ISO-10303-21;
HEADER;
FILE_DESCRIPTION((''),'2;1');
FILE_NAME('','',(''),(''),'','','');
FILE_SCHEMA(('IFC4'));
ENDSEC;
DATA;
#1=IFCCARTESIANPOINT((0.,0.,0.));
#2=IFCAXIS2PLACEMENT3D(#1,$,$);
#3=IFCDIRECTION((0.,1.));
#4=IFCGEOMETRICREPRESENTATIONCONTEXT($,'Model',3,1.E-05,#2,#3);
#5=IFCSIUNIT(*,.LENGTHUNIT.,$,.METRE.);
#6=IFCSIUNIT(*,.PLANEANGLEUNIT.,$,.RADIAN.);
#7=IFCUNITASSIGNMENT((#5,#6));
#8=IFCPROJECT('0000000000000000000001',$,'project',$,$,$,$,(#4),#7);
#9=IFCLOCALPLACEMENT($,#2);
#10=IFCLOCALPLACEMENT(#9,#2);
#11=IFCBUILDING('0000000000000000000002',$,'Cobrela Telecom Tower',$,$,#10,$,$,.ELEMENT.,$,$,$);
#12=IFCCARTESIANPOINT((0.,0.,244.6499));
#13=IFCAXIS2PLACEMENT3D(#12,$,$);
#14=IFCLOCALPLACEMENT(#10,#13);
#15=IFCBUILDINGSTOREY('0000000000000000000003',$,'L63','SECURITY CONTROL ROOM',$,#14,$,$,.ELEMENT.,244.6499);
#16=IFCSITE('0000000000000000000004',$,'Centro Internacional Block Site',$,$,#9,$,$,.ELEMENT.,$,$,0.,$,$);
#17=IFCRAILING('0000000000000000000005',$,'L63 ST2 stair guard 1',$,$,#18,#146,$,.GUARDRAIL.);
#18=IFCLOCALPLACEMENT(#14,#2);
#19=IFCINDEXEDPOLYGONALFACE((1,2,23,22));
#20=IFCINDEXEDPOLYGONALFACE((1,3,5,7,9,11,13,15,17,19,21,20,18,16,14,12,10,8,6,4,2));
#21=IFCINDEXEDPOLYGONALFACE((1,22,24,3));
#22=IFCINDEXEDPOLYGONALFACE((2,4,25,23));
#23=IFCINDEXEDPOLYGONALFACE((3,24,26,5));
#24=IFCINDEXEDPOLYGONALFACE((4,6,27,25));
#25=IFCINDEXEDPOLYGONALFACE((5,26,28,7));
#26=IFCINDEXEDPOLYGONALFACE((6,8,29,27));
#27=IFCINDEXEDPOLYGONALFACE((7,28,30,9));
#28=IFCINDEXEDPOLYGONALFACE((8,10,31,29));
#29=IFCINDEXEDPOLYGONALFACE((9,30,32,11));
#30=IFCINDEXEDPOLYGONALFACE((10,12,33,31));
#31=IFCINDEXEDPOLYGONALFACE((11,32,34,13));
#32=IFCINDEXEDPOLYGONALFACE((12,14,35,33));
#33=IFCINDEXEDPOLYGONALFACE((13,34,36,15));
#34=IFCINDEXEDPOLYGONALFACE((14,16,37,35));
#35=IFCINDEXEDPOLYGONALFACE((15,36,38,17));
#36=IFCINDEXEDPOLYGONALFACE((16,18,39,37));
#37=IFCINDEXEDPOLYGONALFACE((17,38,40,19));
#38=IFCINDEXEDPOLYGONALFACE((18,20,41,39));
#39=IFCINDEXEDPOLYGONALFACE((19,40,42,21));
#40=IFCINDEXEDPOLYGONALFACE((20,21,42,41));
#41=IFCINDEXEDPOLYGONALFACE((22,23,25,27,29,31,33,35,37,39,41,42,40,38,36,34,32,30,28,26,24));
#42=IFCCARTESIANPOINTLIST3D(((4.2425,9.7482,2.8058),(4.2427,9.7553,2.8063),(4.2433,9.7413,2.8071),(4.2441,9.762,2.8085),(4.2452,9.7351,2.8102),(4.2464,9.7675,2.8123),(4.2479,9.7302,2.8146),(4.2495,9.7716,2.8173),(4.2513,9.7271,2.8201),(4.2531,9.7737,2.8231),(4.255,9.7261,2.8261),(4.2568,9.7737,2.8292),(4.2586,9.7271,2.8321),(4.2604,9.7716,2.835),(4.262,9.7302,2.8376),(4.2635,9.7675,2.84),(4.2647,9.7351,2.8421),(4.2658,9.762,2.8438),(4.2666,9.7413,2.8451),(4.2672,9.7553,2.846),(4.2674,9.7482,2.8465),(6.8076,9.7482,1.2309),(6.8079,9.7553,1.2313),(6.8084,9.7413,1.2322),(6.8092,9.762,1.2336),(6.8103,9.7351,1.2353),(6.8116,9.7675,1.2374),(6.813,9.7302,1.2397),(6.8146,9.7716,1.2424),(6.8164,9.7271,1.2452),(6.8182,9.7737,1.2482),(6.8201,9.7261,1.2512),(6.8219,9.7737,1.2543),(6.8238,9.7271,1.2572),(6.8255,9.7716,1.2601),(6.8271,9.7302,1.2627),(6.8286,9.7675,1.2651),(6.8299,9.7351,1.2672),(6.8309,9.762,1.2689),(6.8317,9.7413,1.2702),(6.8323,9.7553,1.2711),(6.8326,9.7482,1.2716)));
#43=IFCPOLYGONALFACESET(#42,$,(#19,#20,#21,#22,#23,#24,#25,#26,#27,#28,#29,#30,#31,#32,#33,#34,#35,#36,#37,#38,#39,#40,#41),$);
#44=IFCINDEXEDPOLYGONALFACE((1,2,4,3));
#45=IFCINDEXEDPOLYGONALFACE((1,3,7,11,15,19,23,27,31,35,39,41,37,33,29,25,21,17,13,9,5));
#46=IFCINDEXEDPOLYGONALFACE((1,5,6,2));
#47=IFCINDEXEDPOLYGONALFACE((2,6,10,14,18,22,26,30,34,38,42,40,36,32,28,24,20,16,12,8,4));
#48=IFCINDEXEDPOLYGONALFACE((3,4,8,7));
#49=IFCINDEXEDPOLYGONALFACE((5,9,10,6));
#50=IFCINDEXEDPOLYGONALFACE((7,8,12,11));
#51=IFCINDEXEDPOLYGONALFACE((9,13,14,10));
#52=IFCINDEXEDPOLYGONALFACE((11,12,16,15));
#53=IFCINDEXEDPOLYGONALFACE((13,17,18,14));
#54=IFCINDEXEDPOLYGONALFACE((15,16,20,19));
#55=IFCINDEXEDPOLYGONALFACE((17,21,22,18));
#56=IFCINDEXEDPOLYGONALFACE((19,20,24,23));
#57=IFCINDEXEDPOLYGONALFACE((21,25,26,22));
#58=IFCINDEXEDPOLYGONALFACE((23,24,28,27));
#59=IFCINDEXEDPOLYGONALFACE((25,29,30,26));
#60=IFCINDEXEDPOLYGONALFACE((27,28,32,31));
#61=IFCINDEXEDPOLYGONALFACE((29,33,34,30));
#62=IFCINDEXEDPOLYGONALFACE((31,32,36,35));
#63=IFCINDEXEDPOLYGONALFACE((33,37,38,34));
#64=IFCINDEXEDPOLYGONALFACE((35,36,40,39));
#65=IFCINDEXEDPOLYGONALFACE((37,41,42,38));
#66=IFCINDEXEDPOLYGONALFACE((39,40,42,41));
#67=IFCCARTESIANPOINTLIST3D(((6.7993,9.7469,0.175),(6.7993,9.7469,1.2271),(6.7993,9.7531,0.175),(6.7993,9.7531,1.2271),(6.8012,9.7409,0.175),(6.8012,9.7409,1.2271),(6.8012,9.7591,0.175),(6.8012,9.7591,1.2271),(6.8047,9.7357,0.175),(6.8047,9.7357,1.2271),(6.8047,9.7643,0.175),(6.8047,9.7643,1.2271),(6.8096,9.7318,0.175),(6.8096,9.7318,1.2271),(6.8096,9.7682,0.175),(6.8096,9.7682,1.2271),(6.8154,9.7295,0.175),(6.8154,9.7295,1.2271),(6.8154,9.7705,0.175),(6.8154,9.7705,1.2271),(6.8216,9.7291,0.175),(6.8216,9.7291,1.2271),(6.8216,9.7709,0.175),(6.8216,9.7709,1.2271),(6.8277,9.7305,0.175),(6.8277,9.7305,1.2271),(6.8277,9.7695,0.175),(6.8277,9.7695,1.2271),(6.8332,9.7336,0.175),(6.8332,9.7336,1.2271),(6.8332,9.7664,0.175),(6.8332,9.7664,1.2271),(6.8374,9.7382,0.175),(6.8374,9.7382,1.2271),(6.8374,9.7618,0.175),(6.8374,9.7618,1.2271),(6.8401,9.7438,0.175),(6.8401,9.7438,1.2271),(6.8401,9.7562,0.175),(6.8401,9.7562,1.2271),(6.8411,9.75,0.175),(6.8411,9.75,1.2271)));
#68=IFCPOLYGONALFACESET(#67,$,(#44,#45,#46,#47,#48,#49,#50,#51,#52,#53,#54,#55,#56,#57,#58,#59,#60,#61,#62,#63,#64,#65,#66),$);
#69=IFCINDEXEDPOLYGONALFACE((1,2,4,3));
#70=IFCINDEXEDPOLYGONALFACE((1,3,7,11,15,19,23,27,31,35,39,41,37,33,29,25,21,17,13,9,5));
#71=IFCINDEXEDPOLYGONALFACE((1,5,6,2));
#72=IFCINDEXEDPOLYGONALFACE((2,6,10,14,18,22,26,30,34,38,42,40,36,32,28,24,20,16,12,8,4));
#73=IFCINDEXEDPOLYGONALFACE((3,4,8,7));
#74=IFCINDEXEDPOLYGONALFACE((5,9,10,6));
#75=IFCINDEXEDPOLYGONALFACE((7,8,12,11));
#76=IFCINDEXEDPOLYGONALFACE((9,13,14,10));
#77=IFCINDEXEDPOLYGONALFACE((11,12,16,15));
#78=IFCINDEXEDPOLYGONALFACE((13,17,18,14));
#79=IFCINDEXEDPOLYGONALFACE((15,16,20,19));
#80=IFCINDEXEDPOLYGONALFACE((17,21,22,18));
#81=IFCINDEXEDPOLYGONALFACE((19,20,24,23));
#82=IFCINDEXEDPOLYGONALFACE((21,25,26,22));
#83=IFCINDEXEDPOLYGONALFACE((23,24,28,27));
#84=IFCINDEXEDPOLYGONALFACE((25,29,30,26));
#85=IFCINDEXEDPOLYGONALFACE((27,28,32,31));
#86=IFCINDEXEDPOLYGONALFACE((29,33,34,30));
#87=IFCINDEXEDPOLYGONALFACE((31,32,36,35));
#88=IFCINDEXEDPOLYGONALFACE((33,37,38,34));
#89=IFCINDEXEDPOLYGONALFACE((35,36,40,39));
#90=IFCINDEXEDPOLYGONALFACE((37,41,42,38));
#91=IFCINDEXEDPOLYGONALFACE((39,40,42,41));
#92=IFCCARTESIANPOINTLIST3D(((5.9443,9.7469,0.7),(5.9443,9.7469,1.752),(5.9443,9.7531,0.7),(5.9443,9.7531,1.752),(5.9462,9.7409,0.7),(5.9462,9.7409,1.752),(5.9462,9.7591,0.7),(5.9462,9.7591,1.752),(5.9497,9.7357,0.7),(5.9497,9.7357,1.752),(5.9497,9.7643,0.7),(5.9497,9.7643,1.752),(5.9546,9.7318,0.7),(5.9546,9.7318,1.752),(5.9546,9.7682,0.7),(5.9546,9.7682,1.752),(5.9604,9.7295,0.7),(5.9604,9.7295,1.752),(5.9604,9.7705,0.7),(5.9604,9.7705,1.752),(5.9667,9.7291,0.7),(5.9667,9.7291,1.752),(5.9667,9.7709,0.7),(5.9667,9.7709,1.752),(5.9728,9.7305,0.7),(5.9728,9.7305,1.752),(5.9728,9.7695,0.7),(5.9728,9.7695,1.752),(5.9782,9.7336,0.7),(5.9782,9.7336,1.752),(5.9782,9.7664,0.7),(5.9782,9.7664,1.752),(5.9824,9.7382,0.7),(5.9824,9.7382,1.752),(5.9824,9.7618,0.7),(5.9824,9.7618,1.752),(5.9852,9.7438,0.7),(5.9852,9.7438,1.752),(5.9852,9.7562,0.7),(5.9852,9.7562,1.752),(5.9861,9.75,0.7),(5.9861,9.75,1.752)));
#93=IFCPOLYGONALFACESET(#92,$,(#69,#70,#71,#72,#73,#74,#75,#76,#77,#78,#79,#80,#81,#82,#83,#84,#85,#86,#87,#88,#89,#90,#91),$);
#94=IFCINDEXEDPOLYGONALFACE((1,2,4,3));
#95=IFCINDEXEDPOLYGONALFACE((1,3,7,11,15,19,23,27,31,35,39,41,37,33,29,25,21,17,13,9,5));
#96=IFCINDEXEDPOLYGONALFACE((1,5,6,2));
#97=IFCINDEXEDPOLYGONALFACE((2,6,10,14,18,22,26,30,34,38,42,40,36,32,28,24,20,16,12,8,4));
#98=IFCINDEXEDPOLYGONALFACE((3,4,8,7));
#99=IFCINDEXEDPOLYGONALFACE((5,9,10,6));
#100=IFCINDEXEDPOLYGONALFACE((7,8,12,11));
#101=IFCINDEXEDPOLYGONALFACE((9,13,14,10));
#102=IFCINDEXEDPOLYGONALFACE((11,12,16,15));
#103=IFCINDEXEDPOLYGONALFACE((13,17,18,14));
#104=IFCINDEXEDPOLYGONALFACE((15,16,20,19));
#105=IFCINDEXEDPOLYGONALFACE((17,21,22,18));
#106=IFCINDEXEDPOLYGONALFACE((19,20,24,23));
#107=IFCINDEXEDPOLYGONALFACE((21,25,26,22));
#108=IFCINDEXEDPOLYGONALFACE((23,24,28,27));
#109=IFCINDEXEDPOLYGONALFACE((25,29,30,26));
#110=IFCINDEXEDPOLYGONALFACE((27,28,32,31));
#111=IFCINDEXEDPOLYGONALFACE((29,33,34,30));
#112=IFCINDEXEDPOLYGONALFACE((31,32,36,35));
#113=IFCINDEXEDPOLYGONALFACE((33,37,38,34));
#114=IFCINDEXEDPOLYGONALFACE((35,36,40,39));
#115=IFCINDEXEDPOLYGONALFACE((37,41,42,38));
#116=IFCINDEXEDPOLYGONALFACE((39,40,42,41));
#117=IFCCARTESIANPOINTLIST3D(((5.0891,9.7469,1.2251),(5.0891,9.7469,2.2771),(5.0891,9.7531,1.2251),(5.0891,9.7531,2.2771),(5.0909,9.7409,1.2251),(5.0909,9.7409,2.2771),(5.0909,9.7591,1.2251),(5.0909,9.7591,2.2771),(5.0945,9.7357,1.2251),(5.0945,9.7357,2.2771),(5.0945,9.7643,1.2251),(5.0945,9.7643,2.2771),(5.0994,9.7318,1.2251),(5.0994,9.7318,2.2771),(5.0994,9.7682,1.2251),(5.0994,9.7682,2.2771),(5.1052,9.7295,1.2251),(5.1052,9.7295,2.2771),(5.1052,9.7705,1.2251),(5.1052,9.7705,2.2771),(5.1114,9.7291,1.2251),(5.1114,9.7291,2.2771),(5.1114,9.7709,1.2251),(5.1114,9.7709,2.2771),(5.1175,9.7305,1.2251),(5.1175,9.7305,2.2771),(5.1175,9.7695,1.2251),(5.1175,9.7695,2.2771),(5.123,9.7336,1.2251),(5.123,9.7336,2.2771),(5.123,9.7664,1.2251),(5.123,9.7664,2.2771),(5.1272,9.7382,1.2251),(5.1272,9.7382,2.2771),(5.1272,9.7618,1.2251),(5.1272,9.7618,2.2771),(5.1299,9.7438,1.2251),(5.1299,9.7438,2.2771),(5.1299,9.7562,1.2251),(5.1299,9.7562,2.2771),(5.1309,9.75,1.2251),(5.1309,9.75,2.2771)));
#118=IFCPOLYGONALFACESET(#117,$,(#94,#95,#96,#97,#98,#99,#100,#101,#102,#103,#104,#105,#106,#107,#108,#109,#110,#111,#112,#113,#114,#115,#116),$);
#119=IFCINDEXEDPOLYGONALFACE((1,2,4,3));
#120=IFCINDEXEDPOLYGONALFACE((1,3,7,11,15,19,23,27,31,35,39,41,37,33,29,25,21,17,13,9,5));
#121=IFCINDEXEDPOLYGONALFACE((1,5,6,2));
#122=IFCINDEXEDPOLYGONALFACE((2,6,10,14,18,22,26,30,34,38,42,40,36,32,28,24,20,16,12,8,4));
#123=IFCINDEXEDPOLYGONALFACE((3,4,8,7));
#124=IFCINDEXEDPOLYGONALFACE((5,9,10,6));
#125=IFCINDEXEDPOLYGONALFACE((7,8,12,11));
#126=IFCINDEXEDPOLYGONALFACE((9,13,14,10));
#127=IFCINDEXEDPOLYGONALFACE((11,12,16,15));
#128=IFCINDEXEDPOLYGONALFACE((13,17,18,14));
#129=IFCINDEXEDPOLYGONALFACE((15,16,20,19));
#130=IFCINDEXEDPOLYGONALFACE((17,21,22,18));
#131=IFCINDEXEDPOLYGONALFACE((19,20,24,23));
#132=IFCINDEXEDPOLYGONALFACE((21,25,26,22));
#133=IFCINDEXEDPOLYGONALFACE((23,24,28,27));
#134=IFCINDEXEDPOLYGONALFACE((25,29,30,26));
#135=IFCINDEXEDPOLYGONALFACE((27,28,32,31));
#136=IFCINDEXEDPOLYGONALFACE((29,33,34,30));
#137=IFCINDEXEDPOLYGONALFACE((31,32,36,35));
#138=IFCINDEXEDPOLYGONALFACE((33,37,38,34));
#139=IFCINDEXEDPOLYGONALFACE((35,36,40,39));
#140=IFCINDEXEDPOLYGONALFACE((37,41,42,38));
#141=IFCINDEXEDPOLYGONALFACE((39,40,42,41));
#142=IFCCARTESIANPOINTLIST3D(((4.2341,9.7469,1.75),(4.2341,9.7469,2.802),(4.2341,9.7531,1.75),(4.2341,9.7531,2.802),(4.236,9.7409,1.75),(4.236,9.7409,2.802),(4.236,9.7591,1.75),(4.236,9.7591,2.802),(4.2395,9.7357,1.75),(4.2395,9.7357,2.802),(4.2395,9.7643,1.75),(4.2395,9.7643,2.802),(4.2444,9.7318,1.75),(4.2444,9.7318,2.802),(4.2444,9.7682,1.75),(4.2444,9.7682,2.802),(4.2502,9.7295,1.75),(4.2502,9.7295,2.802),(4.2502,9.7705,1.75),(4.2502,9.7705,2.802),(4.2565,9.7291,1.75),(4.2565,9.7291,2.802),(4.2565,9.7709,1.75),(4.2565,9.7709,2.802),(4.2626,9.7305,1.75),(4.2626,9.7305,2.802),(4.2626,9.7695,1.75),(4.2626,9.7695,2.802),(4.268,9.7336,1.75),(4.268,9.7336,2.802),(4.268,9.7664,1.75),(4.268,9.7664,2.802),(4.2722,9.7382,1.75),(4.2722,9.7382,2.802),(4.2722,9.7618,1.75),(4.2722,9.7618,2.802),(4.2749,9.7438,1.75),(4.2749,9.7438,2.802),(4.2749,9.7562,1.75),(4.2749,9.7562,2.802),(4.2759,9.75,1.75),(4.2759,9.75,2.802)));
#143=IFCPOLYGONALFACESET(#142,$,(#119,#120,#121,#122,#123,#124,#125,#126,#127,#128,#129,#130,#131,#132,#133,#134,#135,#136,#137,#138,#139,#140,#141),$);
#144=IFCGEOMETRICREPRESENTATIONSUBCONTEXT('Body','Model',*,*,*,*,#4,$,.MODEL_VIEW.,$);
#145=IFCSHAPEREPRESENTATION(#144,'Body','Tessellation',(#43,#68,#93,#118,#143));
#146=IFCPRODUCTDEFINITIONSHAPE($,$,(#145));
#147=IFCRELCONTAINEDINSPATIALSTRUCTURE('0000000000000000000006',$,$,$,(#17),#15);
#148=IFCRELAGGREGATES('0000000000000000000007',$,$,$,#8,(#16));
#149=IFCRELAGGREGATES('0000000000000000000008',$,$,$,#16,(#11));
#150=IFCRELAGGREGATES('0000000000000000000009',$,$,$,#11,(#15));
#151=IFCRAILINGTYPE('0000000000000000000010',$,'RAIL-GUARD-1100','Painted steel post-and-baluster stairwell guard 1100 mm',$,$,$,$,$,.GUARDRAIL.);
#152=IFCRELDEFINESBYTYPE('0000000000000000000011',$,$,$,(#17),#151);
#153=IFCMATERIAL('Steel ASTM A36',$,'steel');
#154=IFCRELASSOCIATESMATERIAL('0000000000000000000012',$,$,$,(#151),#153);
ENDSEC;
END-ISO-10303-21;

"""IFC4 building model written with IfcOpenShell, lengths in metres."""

from ifc_helpers import new_model, si_unit, direction, frame, origin, origin_2d, place, context, subcontext, project, spatial, circle, extrude, material, type_object, element, save


model = new_model("IFC4")

# Units and contexts
model_context = context("Model", 3, precision=1e-05, world=origin(), true_north=direction((0.0, 1.0)))
body_context = subcontext(model_context, "Body", "Model", "MODEL_VIEW")
ifc_project = project(units=[si_unit("LENGTHUNIT", "METRE"), si_unit("PLANEANGLEUNIT", "RADIAN")], contexts=[model_context])

# Site, building, storey
site_placement = place(None, origin())
site = spatial("IfcSite", under=ifc_project, at=site_placement, Name="Centro Internacional Block Site", CompositionType="ELEMENT", RefElevation=0.0)
building_placement = place(site_placement, origin())
building = spatial("IfcBuilding", under=site, at=building_placement, Name="Cobrela Telecom Tower", CompositionType="ELEMENT")
storey_placement = place(building_placement, frame((0.0, 0.0, 244.6499)))
storey = spatial("IfcBuildingStorey", under=building, at=storey_placement, Name="L63", Description="SECURITY CONTROL ROOM", CompositionType="ELEMENT", Elevation=244.6499)

# Railing
ifc_material_1 = material(Name="Steel ASTM A36", Category="steel")
railing_type_1 = type_object("IfcRailingType", Name="RAIL-GUARD-1100", Description="Painted steel post-and-baluster stairwell guard 1100 mm", PredefinedType="GUARDRAIL", material=ifc_material_1)
railing_1_placement = place(storey_placement, frame((6.8201, 9.75, 0.175)))
element("IfcRailing", 1, at=railing_1_placement, inside=storey, type_object=railing_type_1, Name="L63 ST2 stair guard 1", PredefinedType="GUARDRAIL", context=body_context, shape_type="SweptSolid", body=[
    extrude(circle(Radius=0.0239, at=origin_2d()), frame((0.0, 0.0, 1.0762), z_axis=(-0.852195, 0.0, 0.523224), x_axis=(0.0, -1.0, 0.0)), (0.0, 0.0, 1.0), 3.01),
    extrude(circle(Radius=0.021, at=origin_2d()), origin(), (0.0, 0.0, 1.0), 1.052),
    extrude(circle(Radius=0.021, at=origin_2d()), frame((-0.855, 0.0, 0.5249)), (0.0, 0.0, 1.0), 1.052),
    extrude(circle(Radius=0.021, at=origin_2d()), frame((-1.7102, 0.0, 1.05)), (0.0, 0.0, 1.0), 1.052),
    extrude(circle(Radius=0.021, at=origin_2d()), frame((-2.5652, 0.0, 1.575)), (0.0, 0.0, 1.0), 1.052),
])

save(model, "model.ifc")
